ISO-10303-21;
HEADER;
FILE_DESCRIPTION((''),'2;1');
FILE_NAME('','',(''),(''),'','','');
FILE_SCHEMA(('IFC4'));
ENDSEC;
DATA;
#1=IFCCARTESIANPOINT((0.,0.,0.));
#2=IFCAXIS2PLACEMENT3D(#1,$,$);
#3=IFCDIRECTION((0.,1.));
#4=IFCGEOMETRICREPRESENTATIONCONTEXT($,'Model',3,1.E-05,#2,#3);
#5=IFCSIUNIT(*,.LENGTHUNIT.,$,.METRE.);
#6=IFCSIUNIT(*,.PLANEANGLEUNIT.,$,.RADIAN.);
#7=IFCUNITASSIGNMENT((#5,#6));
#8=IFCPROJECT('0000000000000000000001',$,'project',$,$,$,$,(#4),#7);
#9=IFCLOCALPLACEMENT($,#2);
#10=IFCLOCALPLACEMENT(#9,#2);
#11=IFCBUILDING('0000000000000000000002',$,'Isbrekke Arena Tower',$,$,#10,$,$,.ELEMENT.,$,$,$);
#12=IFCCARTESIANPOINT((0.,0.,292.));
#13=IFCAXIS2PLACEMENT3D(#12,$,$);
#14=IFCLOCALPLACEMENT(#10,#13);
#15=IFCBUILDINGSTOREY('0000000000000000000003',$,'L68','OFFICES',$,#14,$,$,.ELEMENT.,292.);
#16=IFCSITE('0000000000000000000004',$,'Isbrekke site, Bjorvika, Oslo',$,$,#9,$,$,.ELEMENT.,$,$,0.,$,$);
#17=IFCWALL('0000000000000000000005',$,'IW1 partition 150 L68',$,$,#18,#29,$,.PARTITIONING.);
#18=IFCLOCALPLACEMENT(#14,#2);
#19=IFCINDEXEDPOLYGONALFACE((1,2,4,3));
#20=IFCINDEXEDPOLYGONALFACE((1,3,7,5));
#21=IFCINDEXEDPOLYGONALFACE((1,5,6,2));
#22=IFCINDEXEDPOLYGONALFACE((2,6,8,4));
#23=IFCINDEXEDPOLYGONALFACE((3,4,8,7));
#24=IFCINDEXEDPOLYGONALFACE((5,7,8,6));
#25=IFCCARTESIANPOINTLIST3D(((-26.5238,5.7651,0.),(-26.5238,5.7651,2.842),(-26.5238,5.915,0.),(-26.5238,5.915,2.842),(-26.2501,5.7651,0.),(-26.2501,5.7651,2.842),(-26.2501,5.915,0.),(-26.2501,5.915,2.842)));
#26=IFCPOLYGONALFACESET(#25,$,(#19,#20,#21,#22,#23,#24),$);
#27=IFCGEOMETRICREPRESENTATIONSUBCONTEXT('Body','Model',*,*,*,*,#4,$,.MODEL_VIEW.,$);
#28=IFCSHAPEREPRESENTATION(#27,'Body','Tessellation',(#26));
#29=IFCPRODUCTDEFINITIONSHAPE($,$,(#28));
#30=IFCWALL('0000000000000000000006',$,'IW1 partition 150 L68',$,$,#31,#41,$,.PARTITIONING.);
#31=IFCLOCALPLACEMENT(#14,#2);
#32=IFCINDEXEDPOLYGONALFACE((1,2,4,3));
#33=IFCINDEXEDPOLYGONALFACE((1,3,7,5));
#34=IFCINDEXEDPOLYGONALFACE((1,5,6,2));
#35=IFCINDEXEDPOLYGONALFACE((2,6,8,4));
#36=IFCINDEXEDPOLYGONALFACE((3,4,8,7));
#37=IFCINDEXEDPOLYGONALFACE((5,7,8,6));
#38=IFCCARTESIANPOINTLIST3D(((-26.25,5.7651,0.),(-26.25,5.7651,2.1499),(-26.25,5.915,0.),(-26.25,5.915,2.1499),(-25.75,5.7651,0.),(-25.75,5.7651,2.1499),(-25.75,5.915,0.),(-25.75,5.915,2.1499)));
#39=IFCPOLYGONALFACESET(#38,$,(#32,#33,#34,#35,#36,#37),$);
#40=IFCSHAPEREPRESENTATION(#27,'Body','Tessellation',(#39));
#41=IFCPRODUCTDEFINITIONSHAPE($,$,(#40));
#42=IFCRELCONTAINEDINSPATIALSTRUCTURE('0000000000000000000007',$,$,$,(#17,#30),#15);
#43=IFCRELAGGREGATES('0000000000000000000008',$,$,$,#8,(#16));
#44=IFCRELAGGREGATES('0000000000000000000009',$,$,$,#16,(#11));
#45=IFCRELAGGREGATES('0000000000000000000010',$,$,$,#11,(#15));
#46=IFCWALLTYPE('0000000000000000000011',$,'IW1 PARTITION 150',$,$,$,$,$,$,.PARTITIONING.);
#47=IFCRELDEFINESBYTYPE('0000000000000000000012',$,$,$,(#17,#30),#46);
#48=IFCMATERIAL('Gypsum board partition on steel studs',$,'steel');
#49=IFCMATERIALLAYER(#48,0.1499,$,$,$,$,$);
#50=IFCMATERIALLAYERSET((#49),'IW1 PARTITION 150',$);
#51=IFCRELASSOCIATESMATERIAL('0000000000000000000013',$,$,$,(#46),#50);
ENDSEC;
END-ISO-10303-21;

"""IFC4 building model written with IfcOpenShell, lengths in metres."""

from ifc_helpers import new_model, si_unit, direction, frame, frame_2d, origin, place, context, subcontext, project, spatial, rectangle, extrude, material, layer, layer_set, type_object, element, save


model = new_model("IFC4")

# Units and contexts
model_context = context("Model", 3, precision=1e-05, world=origin(), true_north=direction((0.0, 1.0)))
body_context = subcontext(model_context, "Body", "Model", "MODEL_VIEW")
ifc_project = project(units=[si_unit("LENGTHUNIT", "METRE"), si_unit("PLANEANGLEUNIT", "RADIAN")], contexts=[model_context])

# Site, building, storey
site_placement = place(None, origin())
site = spatial("IfcSite", under=ifc_project, at=site_placement, Name="Isbrekke site, Bjorvika, Oslo", CompositionType="ELEMENT", RefElevation=0.0)
building_placement = place(site_placement, origin())
building = spatial("IfcBuilding", under=site, at=building_placement, Name="Isbrekke Arena Tower", CompositionType="ELEMENT")
storey_placement = place(building_placement, frame((0.0, 0.0, 292.0)))
storey = spatial("IfcBuildingStorey", under=building, at=storey_placement, Name="L68", Description="OFFICES", CompositionType="ELEMENT", Elevation=292.0)

# Walls
ifc_material_1 = material(Name="Gypsum board partition on steel studs", Category="steel")
ifc_layer_1 = layer(ifc_material_1, 0.1499)
ifc_layer_set_1 = layer_set([ifc_layer_1], Name="IW1 PARTITION 150")
wall_type = type_object("IfcWallType", Name="IW1 PARTITION 150", PredefinedType="PARTITIONING", material=ifc_layer_set_1)
wall_1_placement = place(storey_placement, frame((-26.5237, 5.8401, 0.0), z_axis=(0.0, 0.0, 1.0), x_axis=(1.0, 0.0, 0.0)))
element("IfcWall", 1, at=wall_1_placement, inside=storey, type_object=wall_type, Name="IW1 partition 150 L68", PredefinedType="PARTITIONING", context=body_context, shape_type="SweptSolid", body=[
    extrude(rectangle(XDim=0.2737, YDim=0.1499, at=frame_2d((0.1367, 0.0))), origin(), (0.0, 0.0, 1.0), 2.842),
])
wall_2_placement = place(storey_placement, frame((-26.25, 5.8401, 0.0), z_axis=(0.0, 0.0, 1.0), x_axis=(1.0, 0.0, 0.0)))
element("IfcWall", 2, at=wall_2_placement, inside=storey, type_object=wall_type, Name="IW1 partition 150 L68", PredefinedType="PARTITIONING", context=body_context, shape_type="SweptSolid", body=[
    extrude(rectangle(XDim=0.5, YDim=0.1499, at=frame_2d((0.25, 0.0))), origin(), (0.0, 0.0, 1.0), 2.1499),
])

save(model, "model.ifc")
